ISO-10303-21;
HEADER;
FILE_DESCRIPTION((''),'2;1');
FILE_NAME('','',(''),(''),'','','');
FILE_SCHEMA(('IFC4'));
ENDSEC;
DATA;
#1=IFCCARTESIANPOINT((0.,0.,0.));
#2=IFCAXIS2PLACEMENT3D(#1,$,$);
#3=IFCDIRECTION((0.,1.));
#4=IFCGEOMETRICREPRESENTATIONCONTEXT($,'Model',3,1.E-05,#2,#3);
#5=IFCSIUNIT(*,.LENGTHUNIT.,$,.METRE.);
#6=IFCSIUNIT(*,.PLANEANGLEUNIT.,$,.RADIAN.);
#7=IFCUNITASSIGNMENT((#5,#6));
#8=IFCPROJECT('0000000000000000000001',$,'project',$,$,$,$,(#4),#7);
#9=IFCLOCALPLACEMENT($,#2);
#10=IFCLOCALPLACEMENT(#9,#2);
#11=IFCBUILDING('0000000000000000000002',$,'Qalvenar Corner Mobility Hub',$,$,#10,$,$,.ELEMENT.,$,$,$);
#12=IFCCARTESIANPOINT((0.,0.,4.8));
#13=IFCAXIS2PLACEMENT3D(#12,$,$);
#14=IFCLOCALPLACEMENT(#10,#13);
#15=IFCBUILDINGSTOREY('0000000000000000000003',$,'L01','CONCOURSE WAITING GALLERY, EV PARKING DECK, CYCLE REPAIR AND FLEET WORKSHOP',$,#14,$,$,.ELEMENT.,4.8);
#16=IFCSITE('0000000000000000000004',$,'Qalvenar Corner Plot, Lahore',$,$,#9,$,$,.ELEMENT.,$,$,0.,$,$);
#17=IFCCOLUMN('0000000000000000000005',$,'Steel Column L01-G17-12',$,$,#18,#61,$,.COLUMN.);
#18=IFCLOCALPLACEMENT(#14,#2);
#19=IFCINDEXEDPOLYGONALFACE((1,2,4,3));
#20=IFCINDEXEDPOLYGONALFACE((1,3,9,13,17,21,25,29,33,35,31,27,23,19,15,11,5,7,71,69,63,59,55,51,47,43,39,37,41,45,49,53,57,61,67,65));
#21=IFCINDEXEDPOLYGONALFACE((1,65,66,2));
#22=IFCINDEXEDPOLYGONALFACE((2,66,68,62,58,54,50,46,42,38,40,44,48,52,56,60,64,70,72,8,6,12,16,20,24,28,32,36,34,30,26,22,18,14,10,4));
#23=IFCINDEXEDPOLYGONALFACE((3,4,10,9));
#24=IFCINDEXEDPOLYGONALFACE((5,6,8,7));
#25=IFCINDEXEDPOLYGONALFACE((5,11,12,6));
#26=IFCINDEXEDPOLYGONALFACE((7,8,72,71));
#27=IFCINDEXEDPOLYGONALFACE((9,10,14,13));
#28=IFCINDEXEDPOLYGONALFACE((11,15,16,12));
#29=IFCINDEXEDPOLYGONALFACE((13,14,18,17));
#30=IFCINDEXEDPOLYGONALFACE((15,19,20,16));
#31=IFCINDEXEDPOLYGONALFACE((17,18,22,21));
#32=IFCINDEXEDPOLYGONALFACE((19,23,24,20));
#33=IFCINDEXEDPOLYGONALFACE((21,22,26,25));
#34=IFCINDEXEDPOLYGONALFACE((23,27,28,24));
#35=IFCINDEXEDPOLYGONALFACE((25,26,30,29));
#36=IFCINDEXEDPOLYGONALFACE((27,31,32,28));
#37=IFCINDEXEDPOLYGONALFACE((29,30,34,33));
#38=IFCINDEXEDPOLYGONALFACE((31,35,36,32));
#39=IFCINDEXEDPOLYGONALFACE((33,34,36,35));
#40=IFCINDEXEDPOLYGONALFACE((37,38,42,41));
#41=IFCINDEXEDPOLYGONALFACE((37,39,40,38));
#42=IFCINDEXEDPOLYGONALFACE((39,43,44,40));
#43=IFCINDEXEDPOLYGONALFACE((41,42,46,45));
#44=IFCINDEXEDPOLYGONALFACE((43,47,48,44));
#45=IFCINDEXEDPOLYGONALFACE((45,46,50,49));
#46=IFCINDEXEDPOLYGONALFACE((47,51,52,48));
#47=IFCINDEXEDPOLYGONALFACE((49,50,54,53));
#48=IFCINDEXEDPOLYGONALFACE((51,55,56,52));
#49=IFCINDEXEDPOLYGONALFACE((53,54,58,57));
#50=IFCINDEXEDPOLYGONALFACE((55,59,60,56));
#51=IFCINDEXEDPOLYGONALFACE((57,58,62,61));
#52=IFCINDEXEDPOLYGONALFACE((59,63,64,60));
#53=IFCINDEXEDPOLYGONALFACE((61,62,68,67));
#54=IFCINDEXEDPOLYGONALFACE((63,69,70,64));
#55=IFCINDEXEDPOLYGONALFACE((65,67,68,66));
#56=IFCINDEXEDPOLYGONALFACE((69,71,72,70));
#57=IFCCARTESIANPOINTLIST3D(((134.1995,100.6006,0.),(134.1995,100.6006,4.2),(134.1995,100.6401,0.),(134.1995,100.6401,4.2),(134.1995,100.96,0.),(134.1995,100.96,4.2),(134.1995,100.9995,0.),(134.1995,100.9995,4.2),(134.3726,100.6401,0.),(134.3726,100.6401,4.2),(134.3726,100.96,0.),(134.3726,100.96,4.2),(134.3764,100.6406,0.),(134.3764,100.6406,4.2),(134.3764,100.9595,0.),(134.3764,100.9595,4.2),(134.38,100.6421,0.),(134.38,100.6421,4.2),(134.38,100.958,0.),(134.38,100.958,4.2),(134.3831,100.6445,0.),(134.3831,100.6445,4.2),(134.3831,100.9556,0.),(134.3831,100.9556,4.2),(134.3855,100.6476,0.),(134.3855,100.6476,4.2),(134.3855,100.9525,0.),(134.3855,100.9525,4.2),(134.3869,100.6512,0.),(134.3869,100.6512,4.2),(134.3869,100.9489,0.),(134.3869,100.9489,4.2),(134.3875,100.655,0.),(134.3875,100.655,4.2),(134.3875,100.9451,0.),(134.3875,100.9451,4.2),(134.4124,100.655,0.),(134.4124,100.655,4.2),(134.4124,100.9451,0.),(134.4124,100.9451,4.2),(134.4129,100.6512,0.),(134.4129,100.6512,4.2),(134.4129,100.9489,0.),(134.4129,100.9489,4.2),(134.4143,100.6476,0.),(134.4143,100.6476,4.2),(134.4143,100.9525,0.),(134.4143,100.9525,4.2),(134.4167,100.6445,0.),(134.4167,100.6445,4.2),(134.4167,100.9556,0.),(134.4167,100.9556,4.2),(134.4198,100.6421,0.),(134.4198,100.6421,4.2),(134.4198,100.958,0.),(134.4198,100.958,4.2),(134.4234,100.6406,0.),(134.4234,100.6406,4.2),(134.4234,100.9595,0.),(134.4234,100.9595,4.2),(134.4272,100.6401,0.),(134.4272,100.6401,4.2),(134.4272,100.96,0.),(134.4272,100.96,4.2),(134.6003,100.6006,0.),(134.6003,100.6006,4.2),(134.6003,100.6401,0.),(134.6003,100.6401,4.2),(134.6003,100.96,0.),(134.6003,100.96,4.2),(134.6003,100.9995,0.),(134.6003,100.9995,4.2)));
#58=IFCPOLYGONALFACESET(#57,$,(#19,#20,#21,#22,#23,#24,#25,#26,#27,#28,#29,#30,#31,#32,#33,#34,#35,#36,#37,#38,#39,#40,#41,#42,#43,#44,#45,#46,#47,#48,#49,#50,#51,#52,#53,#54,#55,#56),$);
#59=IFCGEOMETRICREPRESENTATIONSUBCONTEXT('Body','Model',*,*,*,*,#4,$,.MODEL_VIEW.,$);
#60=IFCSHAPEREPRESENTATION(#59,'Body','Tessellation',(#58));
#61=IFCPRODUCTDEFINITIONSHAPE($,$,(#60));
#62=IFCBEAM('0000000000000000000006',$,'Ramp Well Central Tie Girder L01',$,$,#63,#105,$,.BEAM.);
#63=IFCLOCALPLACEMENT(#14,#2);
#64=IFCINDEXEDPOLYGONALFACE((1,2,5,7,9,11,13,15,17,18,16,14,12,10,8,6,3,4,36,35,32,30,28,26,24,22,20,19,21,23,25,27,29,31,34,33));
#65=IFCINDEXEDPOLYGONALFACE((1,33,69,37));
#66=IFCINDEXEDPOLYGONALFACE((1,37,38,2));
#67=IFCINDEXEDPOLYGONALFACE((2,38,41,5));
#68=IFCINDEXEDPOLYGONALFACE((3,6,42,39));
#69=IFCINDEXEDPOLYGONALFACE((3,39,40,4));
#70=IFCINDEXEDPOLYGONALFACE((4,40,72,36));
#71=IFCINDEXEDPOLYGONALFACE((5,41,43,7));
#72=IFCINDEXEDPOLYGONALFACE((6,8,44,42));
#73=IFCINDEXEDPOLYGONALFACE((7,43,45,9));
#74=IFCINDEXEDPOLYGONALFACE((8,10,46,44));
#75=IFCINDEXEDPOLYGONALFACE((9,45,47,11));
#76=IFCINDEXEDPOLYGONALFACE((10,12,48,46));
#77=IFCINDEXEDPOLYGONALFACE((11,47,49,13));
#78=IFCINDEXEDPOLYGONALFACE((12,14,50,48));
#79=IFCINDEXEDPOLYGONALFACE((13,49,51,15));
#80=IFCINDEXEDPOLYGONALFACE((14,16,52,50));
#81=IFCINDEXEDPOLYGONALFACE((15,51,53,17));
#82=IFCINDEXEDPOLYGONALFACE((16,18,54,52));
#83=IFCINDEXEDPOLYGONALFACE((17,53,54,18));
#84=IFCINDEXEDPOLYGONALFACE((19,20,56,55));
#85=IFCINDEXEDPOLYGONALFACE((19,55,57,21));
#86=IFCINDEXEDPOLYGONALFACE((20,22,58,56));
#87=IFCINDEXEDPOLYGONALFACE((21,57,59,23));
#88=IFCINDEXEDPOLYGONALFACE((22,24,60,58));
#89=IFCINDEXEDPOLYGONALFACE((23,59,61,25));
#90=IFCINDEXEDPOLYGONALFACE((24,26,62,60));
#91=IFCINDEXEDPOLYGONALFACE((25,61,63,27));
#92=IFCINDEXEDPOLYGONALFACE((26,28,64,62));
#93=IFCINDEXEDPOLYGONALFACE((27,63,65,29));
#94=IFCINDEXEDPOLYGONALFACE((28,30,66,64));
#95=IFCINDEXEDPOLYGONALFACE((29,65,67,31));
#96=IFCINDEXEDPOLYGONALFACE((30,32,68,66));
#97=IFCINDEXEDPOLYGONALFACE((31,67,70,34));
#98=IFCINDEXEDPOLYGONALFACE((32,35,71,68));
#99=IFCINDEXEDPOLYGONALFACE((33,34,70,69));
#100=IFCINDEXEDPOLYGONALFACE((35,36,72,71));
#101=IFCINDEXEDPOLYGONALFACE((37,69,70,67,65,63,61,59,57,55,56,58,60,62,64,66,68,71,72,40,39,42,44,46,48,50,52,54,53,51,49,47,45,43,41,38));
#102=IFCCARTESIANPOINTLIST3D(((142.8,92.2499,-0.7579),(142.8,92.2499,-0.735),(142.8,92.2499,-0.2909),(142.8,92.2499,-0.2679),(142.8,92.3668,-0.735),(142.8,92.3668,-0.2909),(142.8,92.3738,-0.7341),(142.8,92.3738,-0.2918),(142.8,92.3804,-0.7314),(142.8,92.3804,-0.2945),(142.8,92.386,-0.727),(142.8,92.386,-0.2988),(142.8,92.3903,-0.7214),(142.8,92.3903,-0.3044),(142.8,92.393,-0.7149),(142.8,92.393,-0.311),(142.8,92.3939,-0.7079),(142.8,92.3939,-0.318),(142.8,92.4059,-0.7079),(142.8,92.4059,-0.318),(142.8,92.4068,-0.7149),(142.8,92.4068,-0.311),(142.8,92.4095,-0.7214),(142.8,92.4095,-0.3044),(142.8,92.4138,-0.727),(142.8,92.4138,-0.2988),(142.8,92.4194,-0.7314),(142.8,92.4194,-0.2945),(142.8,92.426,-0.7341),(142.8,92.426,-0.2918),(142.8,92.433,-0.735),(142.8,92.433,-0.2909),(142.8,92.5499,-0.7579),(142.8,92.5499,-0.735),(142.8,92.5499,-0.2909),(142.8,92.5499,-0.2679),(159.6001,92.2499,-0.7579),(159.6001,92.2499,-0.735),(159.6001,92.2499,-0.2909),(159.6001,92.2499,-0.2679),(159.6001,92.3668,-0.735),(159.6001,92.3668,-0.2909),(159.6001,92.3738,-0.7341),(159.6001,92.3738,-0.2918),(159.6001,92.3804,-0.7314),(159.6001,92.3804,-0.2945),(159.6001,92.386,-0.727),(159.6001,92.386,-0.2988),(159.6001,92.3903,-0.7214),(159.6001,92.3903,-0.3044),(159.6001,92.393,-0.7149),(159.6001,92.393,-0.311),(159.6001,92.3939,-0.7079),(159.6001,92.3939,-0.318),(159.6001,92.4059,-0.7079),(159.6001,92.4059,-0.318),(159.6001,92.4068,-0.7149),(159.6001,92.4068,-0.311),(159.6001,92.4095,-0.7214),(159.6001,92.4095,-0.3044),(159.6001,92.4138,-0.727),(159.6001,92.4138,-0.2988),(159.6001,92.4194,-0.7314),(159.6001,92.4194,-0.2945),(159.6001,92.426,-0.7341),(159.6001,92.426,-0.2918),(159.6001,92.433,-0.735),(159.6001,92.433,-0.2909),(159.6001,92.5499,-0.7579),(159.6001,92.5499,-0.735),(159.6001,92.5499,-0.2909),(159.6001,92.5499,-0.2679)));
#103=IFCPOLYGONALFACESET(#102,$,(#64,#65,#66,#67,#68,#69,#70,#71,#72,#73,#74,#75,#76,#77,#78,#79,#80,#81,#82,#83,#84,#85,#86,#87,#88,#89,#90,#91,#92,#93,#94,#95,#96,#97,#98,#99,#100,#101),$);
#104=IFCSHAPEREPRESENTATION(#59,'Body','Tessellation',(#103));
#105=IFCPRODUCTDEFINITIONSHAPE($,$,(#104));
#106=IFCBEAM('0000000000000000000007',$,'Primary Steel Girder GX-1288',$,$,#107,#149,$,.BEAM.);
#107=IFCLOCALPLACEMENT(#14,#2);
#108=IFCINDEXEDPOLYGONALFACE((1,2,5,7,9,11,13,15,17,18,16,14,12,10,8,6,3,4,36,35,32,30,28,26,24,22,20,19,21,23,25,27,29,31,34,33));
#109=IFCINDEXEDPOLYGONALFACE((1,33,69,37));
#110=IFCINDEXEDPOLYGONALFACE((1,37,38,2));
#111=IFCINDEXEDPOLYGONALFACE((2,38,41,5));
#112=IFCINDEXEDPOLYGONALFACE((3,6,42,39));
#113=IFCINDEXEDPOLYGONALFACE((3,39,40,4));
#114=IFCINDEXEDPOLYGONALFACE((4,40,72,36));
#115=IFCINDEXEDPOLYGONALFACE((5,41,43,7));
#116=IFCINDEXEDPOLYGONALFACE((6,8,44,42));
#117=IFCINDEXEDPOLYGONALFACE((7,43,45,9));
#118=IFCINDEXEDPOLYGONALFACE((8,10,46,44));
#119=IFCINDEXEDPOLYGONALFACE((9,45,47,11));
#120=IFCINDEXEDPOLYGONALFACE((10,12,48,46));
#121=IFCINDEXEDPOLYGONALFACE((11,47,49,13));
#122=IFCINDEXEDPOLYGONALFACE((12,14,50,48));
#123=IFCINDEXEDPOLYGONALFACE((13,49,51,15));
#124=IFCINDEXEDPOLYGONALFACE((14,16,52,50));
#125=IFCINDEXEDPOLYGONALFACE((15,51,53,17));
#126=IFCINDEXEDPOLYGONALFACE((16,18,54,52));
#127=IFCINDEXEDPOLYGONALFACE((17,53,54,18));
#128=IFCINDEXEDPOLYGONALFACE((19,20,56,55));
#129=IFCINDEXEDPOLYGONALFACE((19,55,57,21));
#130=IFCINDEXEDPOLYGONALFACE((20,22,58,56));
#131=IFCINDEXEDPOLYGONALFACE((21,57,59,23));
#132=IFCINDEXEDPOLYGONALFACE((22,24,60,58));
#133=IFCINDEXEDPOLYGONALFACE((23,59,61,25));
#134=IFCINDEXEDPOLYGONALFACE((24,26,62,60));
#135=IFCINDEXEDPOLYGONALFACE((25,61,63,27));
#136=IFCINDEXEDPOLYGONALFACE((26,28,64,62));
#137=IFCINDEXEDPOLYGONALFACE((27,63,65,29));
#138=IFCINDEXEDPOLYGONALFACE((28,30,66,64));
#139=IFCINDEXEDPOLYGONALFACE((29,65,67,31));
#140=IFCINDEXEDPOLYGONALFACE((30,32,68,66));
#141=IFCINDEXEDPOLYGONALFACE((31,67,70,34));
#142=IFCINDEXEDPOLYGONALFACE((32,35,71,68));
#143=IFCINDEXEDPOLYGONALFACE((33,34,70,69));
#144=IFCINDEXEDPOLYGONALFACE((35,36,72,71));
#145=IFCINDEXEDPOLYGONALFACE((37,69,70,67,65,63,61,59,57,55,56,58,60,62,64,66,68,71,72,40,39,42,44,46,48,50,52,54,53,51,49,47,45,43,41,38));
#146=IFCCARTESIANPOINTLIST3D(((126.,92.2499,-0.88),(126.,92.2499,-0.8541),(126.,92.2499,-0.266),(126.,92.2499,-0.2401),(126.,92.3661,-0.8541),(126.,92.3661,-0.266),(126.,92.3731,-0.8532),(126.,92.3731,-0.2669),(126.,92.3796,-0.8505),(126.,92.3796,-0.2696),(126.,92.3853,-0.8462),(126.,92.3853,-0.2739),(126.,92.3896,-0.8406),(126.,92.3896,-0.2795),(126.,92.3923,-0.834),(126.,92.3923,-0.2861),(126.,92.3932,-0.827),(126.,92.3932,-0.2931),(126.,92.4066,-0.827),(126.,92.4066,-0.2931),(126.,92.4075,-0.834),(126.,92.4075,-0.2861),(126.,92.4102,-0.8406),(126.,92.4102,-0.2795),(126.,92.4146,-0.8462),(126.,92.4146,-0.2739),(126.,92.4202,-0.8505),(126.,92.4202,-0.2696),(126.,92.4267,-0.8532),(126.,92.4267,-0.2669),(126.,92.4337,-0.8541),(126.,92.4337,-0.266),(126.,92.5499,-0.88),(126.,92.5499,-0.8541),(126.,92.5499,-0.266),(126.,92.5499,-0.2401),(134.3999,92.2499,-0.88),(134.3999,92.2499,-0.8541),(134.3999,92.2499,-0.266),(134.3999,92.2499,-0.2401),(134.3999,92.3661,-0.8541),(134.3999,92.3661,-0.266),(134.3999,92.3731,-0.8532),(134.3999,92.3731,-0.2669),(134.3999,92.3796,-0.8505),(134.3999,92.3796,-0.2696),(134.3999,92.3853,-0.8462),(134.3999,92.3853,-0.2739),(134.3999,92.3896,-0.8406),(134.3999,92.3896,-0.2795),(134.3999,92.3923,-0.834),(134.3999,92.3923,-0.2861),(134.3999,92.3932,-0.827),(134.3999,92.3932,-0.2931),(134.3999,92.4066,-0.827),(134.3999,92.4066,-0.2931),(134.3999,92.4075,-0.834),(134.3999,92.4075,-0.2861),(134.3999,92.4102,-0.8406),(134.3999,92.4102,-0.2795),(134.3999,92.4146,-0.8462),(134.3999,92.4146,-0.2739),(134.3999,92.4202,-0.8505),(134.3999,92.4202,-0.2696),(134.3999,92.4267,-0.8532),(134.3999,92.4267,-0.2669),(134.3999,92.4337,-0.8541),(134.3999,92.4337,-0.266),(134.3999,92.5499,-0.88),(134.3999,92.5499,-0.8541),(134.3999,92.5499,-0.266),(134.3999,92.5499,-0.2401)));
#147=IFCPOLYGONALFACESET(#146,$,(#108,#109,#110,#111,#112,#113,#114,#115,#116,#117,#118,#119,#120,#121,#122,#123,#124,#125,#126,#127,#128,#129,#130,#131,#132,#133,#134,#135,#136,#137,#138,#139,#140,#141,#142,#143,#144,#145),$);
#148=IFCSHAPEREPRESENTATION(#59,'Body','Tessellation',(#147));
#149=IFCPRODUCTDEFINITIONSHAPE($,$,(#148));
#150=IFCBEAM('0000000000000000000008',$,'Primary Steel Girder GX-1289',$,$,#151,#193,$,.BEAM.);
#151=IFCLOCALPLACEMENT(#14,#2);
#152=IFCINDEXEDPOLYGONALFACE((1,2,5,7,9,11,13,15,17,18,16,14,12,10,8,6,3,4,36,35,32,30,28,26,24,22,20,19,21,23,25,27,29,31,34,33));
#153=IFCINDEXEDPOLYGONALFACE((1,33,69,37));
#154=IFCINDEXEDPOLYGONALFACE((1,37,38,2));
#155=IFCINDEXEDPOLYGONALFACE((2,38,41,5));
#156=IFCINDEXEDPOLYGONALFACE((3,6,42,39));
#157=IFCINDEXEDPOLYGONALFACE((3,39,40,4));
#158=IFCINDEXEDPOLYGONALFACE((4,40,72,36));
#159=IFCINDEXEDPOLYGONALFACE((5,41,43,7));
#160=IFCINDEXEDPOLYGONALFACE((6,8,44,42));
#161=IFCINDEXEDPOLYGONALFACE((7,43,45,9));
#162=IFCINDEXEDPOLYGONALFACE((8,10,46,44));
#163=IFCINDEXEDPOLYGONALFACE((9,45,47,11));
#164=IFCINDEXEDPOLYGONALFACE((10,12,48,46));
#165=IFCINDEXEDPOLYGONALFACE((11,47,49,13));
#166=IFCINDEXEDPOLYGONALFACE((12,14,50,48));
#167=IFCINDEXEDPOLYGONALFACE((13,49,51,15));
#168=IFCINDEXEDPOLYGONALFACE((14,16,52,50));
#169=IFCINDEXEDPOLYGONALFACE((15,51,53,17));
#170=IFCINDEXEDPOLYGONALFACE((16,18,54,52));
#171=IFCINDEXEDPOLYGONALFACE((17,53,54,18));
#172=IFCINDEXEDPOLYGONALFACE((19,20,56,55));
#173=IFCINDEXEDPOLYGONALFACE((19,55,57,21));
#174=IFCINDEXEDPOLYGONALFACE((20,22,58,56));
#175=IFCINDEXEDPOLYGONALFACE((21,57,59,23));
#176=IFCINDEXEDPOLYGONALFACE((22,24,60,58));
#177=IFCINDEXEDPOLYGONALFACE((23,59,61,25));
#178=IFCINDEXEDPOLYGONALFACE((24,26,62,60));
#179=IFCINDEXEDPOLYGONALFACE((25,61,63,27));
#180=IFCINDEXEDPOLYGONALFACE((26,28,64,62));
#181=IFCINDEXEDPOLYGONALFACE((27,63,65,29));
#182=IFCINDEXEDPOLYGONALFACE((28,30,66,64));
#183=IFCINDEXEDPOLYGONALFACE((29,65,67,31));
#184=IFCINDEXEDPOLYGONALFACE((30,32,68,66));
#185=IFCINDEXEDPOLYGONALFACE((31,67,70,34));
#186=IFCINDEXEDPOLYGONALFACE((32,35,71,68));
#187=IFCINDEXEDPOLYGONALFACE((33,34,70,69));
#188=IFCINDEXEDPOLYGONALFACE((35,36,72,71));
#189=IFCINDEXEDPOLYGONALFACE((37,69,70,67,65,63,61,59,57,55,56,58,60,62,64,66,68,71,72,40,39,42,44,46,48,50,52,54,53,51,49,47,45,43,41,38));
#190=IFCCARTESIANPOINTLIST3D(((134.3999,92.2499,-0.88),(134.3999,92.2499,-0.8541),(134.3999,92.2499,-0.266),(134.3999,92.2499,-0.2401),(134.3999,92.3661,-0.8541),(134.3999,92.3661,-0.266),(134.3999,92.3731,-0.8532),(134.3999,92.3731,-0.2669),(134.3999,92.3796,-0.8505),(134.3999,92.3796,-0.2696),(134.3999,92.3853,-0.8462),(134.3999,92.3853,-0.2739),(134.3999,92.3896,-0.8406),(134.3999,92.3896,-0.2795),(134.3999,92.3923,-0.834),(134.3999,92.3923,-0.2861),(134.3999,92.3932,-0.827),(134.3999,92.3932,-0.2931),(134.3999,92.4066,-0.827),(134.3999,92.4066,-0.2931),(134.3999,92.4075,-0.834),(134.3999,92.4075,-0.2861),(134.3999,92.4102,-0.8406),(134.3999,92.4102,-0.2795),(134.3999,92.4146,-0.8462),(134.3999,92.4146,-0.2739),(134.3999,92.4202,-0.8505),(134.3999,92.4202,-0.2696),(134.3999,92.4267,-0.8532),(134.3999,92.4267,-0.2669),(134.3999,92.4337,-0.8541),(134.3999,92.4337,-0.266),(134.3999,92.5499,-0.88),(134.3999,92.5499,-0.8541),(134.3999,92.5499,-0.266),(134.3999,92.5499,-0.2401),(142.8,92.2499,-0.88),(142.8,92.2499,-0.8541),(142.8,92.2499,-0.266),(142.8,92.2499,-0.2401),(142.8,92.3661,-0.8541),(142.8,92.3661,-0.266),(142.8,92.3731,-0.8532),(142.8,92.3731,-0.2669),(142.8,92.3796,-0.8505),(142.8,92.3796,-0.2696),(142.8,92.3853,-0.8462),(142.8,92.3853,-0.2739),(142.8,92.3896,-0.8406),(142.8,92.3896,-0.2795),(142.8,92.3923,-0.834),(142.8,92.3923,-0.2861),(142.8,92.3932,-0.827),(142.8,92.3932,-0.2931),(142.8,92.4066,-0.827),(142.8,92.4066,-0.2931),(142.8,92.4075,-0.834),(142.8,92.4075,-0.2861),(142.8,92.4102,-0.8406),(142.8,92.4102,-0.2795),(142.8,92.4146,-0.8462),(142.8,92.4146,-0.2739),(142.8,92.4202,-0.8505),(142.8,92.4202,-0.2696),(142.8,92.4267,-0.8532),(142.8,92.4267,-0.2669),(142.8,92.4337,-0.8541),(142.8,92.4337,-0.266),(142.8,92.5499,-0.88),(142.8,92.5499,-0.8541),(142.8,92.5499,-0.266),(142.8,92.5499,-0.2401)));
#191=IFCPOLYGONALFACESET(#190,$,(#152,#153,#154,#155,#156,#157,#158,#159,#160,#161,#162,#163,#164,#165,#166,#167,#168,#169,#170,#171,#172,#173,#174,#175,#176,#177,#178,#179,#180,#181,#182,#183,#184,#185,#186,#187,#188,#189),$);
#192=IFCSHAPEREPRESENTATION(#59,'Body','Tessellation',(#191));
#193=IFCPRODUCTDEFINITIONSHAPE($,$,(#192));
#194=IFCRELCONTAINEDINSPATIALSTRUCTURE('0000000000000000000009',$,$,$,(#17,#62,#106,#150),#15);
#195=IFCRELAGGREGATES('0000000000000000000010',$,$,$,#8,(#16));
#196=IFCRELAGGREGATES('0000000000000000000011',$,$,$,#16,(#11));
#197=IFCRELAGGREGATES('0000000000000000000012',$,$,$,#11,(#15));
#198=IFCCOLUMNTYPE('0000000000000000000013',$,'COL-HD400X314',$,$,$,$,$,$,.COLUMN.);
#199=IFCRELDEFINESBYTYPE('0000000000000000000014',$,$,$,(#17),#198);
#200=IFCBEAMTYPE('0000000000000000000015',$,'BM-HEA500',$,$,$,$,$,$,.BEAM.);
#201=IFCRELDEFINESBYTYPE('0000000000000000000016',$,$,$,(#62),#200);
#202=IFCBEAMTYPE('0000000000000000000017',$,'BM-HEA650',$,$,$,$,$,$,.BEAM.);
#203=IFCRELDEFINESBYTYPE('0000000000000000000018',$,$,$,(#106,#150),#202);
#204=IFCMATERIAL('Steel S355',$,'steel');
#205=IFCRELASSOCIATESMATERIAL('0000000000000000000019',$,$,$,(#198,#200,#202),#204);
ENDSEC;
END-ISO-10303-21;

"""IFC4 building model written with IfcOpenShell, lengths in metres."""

from ifc_helpers import new_model, si_unit, direction, frame, origin, origin_2d, place, context, subcontext, project, spatial, i_section, extrude, material, material_profile, profile_set, type_object, element, save


model = new_model("IFC4")

# Units and contexts
model_context = context("Model", 3, precision=1e-05, world=origin(), true_north=direction((0.0, 1.0)))
body_context = subcontext(model_context, "Body", "Model", "MODEL_VIEW")
ifc_project = project(units=[si_unit("LENGTHUNIT", "METRE"), si_unit("PLANEANGLEUNIT", "RADIAN")], contexts=[model_context])

# Site, building, storey
site_placement = place(None, origin())
site = spatial("IfcSite", under=ifc_project, at=site_placement, Name="Qalvenar Corner Plot, Lahore", CompositionType="ELEMENT", RefElevation=0.0)
building_placement = place(site_placement, origin())
building = spatial("IfcBuilding", under=site, at=building_placement, Name="Qalvenar Corner Mobility Hub", CompositionType="ELEMENT")
storey_placement = place(building_placement, frame((0.0, 0.0, 4.8)))
storey = spatial("IfcBuildingStorey", under=building, at=storey_placement, Name="L01", Description="CONCOURSE WAITING GALLERY, EV PARKING DECK, CYCLE REPAIR AND FLEET WORKSHOP", CompositionType="ELEMENT", Elevation=4.8)

# Column
ifc_material_1 = material(Name="Steel S355", Category="steel")
ifc_material_profile_1 = material_profile(ifc_material_1, i_section(OverallWidth=0.4009, OverallDepth=0.3989, WebThickness=0.0249, FlangeThickness=0.0396, FilletRadius=0.0149, at=origin_2d()), Name="HD400x314")
ifc_profile_set_1 = profile_set([ifc_material_profile_1], Name="Steel S355")
column_type_1 = type_object("IfcColumnType", Name="COL-HD400X314", PredefinedType="COLUMN", material=ifc_profile_set_1)
column_placement = place(storey_placement, frame((134.3999, 100.8, 0.0), z_axis=(0.0, 0.0, 1.0), x_axis=(1.0, 0.0, 0.0)))
element("IfcColumn", 1, at=column_placement, inside=storey, type_object=column_type_1, Name="Steel Column L01-G17-12", PredefinedType="COLUMN", context=body_context, shape_type="SweptSolid", body=[
    extrude(i_section(OverallWidth=0.4009, OverallDepth=0.3989, WebThickness=0.0249, FlangeThickness=0.0396, FilletRadius=0.0149, at=origin_2d()), origin(), (0.0, 0.0, 1.0), 4.2),
])

# Beams
ifc_material_profile_2 = material_profile(ifc_material_1, i_section(OverallWidth=0.3, OverallDepth=0.49, WebThickness=0.012, FlangeThickness=0.0229, FilletRadius=0.0271, at=origin_2d()), Name="HEA500")
ifc_profile_set_2 = profile_set([ifc_material_profile_2], Name="Steel S355")
beam_type_1 = type_object("IfcBeamType", Name="BM-HEA500", PredefinedType="BEAM", material=ifc_profile_set_2)
beam_1_placement = place(storey_placement, frame((142.8, 92.3999, -0.5129), z_axis=(1.0, 0.0, 0.0), x_axis=(0.0, 1.0, 0.0)))
element("IfcBeam", 2, at=beam_1_placement, inside=storey, type_object=beam_type_1, Name="Ramp Well Central Tie Girder L01", PredefinedType="BEAM", context=body_context, shape_type="SweptSolid", body=[
    extrude(i_section(OverallWidth=0.3, OverallDepth=0.49, WebThickness=0.012, FlangeThickness=0.0229, FilletRadius=0.0271, at=origin_2d()), origin(), (0.0, 0.0, 1.0), 16.8),
])
ifc_material_profile_3 = material_profile(ifc_material_1, i_section(OverallWidth=0.3, OverallDepth=0.6399, WebThickness=0.0134, FlangeThickness=0.0259, FilletRadius=0.0271, at=origin_2d()), Name="HEA650")
ifc_profile_set_3 = profile_set([ifc_material_profile_3], Name="Steel S355")
beam_type_2 = type_object("IfcBeamType", Name="BM-HEA650", PredefinedType="BEAM", material=ifc_profile_set_3)
beam_2_placement = place(storey_placement, frame((126.0, 92.3999, -0.5601), z_axis=(1.0, 0.0, 0.0), x_axis=(0.0, 1.0, 0.0)))
element("IfcBeam", 3, at=beam_2_placement, inside=storey, type_object=beam_type_2, Name="Primary Steel Girder GX-1288", PredefinedType="BEAM", context=body_context, shape_type="SweptSolid", body=[
    extrude(i_section(OverallWidth=0.3, OverallDepth=0.6399, WebThickness=0.0134, FlangeThickness=0.0259, FilletRadius=0.0271, at=origin_2d()), origin(), (0.0, 0.0, 1.0), 8.3999),
])
beam_3_placement = place(storey_placement, frame((134.3999, 92.3999, -0.5601), z_axis=(1.0, 0.0, 0.0), x_axis=(0.0, 1.0, 0.0)))
element("IfcBeam", 4, at=beam_3_placement, inside=storey, type_object=beam_type_2, Name="Primary Steel Girder GX-1289", PredefinedType="BEAM", context=body_context, shape_type="SweptSolid", body=[
    extrude(i_section(OverallWidth=0.3, OverallDepth=0.6399, WebThickness=0.0134, FlangeThickness=0.0259, FilletRadius=0.0271, at=origin_2d()), origin(), (0.0, 0.0, 1.0), 8.4001),
])

save(model, "model.ifc")
